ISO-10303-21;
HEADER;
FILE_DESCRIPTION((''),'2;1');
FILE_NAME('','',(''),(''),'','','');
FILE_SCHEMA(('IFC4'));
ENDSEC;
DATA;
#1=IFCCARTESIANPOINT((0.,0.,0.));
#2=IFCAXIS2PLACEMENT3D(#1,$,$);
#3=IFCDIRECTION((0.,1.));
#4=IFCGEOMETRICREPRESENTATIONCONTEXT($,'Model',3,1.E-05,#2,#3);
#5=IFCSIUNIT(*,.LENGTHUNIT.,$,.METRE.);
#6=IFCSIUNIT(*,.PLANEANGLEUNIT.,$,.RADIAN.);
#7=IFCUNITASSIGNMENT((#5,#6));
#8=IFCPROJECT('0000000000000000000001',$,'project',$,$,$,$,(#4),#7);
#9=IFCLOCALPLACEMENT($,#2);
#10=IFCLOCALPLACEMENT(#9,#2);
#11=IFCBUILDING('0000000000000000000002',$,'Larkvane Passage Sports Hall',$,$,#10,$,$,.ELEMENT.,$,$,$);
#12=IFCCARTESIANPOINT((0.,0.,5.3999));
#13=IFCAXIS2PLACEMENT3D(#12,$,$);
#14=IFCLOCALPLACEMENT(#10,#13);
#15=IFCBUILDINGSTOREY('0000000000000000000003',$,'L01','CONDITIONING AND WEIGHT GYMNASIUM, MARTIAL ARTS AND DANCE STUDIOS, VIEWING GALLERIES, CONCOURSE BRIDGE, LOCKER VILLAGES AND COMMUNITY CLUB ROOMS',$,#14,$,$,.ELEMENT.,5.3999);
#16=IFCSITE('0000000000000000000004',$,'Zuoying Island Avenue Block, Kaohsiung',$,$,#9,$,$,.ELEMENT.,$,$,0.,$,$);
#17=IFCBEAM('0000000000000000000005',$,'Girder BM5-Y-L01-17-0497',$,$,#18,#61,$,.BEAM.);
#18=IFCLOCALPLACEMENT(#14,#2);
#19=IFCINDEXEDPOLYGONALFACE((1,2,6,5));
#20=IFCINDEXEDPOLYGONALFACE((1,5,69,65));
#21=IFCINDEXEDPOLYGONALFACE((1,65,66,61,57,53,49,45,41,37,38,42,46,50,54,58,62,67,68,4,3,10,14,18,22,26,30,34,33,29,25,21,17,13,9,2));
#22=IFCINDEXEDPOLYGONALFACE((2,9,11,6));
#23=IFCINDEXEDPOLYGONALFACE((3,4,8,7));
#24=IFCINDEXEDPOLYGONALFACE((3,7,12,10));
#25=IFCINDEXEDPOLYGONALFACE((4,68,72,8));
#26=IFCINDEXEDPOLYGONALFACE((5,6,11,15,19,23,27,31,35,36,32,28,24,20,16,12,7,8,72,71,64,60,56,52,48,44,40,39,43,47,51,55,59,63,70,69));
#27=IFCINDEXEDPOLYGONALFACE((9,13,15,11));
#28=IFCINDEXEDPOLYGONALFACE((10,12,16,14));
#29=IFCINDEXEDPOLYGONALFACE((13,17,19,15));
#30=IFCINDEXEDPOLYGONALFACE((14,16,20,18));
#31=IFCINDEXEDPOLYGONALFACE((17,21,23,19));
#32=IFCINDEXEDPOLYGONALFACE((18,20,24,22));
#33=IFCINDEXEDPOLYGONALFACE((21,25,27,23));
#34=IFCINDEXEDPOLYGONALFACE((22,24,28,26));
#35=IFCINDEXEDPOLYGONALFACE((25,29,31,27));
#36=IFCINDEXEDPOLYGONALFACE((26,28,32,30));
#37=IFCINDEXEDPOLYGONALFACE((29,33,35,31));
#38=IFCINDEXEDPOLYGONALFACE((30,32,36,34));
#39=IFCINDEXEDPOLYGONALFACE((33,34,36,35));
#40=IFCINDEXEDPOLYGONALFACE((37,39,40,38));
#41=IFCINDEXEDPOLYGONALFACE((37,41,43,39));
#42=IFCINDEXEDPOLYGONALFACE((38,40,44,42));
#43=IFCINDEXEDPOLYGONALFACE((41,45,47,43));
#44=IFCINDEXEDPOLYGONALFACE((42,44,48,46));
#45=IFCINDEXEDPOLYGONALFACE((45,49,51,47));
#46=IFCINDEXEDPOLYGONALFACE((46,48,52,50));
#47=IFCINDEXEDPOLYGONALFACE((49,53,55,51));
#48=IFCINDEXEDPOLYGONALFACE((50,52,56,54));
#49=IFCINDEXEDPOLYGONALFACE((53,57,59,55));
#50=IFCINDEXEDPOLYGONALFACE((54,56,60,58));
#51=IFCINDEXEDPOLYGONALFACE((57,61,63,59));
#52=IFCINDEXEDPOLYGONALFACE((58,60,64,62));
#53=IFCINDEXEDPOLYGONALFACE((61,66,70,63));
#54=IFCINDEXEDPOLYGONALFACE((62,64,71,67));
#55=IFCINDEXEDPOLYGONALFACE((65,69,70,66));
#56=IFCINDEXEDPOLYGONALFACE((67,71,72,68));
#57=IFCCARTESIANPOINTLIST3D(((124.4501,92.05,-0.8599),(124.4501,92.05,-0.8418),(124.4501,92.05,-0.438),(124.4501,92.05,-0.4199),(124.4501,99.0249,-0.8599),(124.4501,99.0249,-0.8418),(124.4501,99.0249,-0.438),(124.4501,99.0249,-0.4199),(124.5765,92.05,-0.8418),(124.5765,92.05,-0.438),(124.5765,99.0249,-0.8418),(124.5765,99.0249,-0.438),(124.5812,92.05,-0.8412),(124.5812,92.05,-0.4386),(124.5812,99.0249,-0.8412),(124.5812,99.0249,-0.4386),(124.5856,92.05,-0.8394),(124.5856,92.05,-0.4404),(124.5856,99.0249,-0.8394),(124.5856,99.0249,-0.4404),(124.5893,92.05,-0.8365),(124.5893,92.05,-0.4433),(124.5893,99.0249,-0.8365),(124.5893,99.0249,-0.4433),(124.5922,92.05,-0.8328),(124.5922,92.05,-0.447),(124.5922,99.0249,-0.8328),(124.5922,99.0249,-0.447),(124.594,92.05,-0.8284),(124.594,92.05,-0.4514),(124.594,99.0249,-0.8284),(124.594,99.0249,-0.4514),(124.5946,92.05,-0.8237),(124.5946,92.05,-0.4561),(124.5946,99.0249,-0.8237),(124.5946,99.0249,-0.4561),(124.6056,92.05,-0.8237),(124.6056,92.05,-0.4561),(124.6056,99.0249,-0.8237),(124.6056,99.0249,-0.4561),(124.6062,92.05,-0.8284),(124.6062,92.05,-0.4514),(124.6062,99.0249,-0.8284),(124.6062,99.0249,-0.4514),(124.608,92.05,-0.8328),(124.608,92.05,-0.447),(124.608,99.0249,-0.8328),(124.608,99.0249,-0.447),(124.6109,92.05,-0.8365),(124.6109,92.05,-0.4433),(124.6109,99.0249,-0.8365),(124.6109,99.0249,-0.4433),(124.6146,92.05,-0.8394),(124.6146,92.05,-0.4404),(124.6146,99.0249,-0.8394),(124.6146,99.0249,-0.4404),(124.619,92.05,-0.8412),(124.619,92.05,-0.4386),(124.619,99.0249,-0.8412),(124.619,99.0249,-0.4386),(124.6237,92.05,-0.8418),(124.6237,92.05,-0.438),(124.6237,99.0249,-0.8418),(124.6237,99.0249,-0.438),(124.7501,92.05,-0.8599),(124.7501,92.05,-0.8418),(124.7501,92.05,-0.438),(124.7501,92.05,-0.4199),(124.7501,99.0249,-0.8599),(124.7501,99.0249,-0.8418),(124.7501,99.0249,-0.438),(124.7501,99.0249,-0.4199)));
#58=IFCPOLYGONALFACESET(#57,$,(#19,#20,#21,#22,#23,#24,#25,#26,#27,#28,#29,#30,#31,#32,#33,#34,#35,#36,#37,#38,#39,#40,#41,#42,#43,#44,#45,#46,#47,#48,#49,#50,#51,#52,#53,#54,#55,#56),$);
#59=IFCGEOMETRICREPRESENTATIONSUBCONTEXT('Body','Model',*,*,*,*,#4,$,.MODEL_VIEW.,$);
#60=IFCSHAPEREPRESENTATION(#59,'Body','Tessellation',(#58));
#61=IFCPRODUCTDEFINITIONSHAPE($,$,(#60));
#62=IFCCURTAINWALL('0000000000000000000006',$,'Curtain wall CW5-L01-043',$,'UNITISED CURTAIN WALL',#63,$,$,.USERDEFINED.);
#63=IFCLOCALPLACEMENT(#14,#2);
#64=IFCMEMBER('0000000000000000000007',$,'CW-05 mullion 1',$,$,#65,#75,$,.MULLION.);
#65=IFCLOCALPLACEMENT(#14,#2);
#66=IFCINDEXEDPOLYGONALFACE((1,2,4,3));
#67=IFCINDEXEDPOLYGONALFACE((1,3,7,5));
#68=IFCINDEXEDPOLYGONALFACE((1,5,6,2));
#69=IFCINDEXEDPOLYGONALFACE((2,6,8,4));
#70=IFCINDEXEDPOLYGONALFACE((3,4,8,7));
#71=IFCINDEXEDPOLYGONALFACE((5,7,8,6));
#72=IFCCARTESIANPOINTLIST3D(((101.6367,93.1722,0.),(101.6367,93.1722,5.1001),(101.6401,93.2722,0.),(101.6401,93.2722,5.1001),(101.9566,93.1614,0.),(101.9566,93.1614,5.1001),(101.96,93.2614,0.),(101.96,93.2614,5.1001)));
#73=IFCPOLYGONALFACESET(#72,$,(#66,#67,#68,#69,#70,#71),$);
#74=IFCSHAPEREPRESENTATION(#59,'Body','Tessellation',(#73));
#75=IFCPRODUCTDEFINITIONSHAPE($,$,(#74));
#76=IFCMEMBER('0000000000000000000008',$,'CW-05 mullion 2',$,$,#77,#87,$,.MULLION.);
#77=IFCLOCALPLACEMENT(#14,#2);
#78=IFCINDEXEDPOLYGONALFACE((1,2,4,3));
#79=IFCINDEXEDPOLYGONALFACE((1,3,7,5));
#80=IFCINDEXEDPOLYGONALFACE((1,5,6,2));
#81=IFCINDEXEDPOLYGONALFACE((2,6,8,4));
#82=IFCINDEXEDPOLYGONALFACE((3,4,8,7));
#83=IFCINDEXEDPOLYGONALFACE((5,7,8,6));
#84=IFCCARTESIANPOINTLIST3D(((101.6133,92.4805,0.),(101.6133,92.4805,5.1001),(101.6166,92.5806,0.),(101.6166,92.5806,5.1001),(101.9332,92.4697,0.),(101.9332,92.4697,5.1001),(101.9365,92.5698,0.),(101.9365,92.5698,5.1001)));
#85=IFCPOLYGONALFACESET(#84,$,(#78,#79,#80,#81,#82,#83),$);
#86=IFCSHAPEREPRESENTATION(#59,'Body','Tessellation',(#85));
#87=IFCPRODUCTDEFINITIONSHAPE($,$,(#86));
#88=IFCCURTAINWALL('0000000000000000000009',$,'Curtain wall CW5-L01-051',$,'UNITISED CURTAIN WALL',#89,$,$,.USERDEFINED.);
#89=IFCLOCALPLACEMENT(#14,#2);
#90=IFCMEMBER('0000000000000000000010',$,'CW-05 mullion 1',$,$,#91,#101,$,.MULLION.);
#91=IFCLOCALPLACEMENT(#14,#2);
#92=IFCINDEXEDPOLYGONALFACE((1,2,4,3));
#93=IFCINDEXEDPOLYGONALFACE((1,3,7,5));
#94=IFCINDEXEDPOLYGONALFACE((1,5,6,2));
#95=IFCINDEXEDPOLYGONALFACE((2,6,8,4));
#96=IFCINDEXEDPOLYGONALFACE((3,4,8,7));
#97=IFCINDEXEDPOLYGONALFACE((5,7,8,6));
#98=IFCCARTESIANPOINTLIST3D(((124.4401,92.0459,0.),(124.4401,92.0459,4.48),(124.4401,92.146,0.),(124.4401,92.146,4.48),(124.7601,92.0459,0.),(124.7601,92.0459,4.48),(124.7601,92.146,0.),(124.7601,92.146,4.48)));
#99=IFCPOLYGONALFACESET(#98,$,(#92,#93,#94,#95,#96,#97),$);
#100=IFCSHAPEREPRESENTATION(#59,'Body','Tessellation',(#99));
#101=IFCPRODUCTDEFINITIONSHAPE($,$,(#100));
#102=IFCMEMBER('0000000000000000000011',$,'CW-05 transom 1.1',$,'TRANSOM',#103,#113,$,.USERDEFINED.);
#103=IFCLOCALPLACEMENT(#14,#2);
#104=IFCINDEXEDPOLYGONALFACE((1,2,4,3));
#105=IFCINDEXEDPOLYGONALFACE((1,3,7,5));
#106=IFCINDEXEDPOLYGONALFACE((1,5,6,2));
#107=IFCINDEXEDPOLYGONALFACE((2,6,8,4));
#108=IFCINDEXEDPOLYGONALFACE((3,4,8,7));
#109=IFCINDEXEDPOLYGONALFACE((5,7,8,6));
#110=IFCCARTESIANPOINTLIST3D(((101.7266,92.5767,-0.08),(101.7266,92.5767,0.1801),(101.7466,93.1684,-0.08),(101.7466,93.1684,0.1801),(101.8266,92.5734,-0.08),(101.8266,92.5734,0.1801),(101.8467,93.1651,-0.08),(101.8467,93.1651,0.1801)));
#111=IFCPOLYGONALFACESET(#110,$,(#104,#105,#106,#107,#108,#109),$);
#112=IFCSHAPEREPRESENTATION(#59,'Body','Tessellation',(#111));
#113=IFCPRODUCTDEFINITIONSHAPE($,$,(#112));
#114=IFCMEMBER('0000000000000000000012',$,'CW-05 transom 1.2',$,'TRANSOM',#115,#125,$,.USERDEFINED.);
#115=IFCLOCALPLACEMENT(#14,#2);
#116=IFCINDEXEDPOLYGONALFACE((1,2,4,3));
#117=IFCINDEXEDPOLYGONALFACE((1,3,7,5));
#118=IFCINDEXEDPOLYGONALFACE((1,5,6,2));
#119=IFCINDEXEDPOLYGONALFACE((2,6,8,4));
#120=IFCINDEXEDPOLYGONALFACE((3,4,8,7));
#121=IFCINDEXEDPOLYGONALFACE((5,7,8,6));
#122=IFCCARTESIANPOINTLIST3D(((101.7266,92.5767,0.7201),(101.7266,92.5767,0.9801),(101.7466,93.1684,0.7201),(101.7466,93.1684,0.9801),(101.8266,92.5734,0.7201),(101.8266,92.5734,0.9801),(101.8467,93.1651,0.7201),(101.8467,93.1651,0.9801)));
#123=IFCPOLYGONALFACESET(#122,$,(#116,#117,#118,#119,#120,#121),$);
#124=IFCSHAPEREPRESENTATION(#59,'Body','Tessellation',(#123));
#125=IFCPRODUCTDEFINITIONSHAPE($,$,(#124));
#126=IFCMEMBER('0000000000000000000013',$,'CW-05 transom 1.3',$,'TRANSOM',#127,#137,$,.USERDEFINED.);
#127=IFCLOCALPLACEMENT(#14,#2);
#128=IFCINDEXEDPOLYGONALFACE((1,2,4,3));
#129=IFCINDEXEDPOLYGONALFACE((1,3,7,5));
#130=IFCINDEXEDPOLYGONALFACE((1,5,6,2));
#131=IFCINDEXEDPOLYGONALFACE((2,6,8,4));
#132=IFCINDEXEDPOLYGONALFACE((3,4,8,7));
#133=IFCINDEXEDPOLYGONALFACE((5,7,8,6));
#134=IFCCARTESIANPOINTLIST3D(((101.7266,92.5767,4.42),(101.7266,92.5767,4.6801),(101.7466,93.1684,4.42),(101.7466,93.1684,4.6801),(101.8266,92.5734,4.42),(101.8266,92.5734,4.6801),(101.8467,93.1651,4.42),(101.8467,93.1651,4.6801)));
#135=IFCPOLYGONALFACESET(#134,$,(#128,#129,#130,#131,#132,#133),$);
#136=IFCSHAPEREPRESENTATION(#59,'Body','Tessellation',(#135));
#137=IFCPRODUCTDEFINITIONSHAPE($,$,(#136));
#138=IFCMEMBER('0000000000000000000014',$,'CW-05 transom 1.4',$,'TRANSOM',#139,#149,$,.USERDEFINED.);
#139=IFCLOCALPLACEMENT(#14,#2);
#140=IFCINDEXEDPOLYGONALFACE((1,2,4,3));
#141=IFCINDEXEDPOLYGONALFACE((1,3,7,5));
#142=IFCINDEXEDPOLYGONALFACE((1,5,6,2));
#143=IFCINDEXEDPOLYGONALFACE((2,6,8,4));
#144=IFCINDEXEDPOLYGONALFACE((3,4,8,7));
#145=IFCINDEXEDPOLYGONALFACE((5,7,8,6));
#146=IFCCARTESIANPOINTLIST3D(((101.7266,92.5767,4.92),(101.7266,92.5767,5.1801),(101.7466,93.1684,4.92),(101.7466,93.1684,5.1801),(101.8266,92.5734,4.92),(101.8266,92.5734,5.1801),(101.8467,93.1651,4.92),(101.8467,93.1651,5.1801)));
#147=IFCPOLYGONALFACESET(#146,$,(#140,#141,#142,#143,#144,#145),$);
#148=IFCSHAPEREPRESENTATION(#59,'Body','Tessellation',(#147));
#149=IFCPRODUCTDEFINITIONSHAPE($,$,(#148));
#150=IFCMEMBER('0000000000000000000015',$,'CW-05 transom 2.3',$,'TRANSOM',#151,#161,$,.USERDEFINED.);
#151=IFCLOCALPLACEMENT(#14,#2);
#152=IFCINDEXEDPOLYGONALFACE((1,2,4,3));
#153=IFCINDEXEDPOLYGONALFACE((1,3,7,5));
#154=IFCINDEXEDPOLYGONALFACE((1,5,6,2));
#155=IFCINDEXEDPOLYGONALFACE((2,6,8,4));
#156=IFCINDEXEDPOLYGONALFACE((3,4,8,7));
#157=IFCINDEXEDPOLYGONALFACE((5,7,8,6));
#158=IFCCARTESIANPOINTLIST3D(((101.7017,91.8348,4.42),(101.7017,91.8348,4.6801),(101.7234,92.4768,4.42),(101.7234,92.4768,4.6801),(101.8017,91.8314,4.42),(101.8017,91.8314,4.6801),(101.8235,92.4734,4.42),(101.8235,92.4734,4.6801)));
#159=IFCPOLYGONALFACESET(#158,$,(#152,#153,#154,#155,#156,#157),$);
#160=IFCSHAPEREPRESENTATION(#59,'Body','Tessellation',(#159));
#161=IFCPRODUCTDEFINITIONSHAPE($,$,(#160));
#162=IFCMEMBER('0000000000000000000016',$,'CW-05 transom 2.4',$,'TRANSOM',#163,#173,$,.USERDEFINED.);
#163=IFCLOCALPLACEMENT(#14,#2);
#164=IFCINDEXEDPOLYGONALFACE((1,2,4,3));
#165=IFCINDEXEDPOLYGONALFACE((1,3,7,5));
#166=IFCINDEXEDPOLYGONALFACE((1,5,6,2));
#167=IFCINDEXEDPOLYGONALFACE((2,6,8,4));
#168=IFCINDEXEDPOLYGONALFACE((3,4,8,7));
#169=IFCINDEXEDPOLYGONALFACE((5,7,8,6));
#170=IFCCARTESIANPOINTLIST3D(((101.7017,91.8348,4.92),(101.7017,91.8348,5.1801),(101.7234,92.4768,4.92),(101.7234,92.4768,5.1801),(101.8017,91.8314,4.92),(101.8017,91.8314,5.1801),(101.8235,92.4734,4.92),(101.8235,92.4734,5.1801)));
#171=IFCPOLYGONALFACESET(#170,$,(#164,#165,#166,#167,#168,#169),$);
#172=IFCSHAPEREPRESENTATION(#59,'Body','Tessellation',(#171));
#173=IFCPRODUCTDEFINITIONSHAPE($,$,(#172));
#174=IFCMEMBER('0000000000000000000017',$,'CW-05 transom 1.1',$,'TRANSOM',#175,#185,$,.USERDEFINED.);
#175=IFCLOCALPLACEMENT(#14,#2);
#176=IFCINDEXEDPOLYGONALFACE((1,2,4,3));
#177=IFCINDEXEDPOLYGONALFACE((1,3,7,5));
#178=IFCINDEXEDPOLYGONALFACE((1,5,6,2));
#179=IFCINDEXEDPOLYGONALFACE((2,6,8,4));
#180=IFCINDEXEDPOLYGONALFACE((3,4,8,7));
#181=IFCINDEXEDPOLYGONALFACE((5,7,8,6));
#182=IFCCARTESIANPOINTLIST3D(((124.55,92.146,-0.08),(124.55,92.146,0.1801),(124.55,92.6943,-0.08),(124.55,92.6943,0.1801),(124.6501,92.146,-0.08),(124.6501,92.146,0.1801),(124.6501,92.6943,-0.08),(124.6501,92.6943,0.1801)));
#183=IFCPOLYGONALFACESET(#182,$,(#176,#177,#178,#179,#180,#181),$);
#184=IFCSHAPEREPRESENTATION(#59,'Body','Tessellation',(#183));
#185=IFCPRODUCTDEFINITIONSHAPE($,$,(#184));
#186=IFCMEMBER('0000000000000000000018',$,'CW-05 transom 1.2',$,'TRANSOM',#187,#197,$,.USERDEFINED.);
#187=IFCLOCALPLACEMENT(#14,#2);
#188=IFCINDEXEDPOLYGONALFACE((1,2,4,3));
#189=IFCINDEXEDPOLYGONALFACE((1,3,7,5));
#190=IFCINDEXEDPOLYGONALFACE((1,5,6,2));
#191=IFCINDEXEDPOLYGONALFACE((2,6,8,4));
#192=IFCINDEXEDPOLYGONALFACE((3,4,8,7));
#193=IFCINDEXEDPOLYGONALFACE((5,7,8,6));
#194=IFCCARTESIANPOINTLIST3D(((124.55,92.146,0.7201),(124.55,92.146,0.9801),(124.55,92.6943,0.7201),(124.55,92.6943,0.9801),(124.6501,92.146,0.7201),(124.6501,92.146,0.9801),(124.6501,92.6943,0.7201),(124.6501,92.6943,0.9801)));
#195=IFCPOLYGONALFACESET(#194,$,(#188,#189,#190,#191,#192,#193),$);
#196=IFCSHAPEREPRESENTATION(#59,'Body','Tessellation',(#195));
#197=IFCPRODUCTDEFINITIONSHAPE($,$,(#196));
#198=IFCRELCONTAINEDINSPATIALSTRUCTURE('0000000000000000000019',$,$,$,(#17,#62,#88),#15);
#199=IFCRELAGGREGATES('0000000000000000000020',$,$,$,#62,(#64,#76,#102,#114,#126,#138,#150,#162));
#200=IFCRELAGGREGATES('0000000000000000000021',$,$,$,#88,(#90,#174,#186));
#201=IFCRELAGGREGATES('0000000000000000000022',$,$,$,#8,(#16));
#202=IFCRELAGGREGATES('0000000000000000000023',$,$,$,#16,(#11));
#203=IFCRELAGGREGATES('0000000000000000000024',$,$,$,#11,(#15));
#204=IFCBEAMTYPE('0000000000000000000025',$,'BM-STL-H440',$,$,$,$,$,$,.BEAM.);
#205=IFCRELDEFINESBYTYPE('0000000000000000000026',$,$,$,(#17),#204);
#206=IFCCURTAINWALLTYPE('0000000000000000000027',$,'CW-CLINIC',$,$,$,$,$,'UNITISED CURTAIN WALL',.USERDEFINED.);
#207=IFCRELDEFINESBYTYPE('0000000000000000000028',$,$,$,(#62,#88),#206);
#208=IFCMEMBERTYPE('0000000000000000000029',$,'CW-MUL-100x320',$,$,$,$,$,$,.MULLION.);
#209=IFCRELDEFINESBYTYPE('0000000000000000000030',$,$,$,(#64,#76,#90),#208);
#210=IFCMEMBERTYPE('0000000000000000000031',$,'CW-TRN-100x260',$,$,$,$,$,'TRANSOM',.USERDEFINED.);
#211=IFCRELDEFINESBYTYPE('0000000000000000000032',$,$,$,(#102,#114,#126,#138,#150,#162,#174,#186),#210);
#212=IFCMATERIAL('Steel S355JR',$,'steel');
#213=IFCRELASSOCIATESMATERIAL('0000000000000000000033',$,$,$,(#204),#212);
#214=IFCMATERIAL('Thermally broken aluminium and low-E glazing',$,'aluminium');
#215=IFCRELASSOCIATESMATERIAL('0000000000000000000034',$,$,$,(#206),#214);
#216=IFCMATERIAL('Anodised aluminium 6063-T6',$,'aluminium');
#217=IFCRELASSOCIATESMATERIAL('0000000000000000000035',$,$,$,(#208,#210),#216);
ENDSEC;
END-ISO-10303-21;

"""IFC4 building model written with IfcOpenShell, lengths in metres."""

from ifc_helpers import new_model, si_unit, direction, frame, origin, origin_2d, place, context, subcontext, project, spatial, rectangle, i_section, extrude, material, material_profile, profile_set, type_object, element, aggregate, save


model = new_model("IFC4")

# Units and contexts
model_context = context("Model", 3, precision=1e-05, world=origin(), true_north=direction((0.0, 1.0)))
body_context = subcontext(model_context, "Body", "Model", "MODEL_VIEW")
ifc_project = project(units=[si_unit("LENGTHUNIT", "METRE"), si_unit("PLANEANGLEUNIT", "RADIAN")], contexts=[model_context])

# Site, building, storey
site_placement = place(None, origin())
site = spatial("IfcSite", under=ifc_project, at=site_placement, Name="Zuoying Island Avenue Block, Kaohsiung", CompositionType="ELEMENT", RefElevation=0.0)
building_placement = place(site_placement, origin())
building = spatial("IfcBuilding", under=site, at=building_placement, Name="Larkvane Passage Sports Hall", CompositionType="ELEMENT")
storey_placement = place(building_placement, frame((0.0, 0.0, 5.3999)))
storey = spatial("IfcBuildingStorey", under=building, at=storey_placement, Name="L01", Description="CONDITIONING AND WEIGHT GYMNASIUM, MARTIAL ARTS AND DANCE STUDIOS, VIEWING GALLERIES, CONCOURSE BRIDGE, LOCKER VILLAGES AND COMMUNITY CLUB ROOMS", CompositionType="ELEMENT", Elevation=5.3999)

# Beam
ifc_material_1 = material(Name="Steel S355JR", Category="steel")
ifc_material_profile_1 = material_profile(ifc_material_1, i_section(OverallWidth=0.3, OverallDepth=0.4399, WebThickness=0.011, FlangeThickness=0.0181, FilletRadius=0.0181, at=origin_2d()), Name="H-440x300x11x18")
ifc_profile_set_1 = profile_set([ifc_material_profile_1], Name="Steel S355JR")
beam_type = type_object("IfcBeamType", Name="BM-STL-H440", PredefinedType="BEAM", material=ifc_profile_set_1)
beam_placement = place(storey_placement, frame((124.6001, 92.05, -0.6399), z_axis=(0.0, 1.0, 0.0), x_axis=(-1.0, 0.0, 0.0)))
element("IfcBeam", 1, at=beam_placement, inside=storey, type_object=beam_type, Name="Girder BM5-Y-L01-17-0497", PredefinedType="BEAM", context=body_context, shape_type="SweptSolid", body=[
    extrude(i_section(OverallWidth=0.3, OverallDepth=0.4399, WebThickness=0.011, FlangeThickness=0.0181, FilletRadius=0.0181, at=origin_2d()), origin(), (0.0, 0.0, 1.0), 6.9749),
])

# Curtain wall, members
ifc_material_2 = material(Name="Thermally broken aluminium and low-E glazing", Category="aluminium")
curtain_wall_type = type_object("IfcCurtainWallType", Name="CW-CLINIC", ElementType="UNITISED CURTAIN WALL", PredefinedType="USERDEFINED", material=ifc_material_2)
curtain_wall_1_placement = place(storey_placement, origin())
curtain_wall_1 = element("IfcCurtainWall", 2, at=curtain_wall_1_placement, inside=storey, type_object=curtain_wall_type, Name="Curtain wall CW5-L01-043", ObjectType="UNITISED CURTAIN WALL", PredefinedType="USERDEFINED")
ifc_material_3 = material(Name="Anodised aluminium 6063-T6", Category="aluminium")
ifc_material_profile_2 = material_profile(ifc_material_3, rectangle(XDim=0.1001, YDim=0.3201, at=origin_2d()), Name="ALU-MUL-100x320")
ifc_profile_set_2 = profile_set([ifc_material_profile_2], Name="Anodised aluminium 6063-T6")
member_type_1 = type_object("IfcMemberType", Name="CW-MUL-100x320", PredefinedType="MULLION", material=ifc_profile_set_2)
member_1_placement = place(storey_placement, frame((101.7983, 93.2168, 0.0), z_axis=(0.0, 0.0, 1.0), x_axis=(-0.033688, -0.999432, 0.0)))
member_1 = element("IfcMember", 3, at=member_1_placement, type_object=member_type_1, Name="CW-05 mullion 1", PredefinedType="MULLION", context=body_context, shape_type="SweptSolid", body=[
    extrude(rectangle(XDim=0.1001, YDim=0.3201, at=origin_2d()), origin(), (0.0, 0.0, 1.0), 5.1001),
])
member_2_placement = place(storey_placement, frame((101.7749, 92.5251, 0.0), z_axis=(0.0, 0.0, 1.0), x_axis=(-0.033688, -0.999432, 0.0)))
member_2 = element("IfcMember", 4, at=member_2_placement, type_object=member_type_1, Name="CW-05 mullion 2", PredefinedType="MULLION", context=body_context, shape_type="SweptSolid", body=[
    extrude(rectangle(XDim=0.1001, YDim=0.3201, at=origin_2d()), origin(), (0.0, 0.0, 1.0), 5.1001),
])

# Curtain wall, member
curtain_wall_2_placement = place(storey_placement, origin())
curtain_wall_2 = element("IfcCurtainWall", 5, at=curtain_wall_2_placement, inside=storey, type_object=curtain_wall_type, Name="Curtain wall CW5-L01-051", ObjectType="UNITISED CURTAIN WALL", PredefinedType="USERDEFINED")
member_3_placement = place(storey_placement, frame((124.6001, 92.0959, 0.0), z_axis=(0.0, 0.0, 1.0), x_axis=(0.0, 1.0, 0.0)))
member_3 = element("IfcMember", 6, at=member_3_placement, type_object=member_type_1, Name="CW-05 mullion 1", PredefinedType="MULLION", context=body_context, shape_type="SweptSolid", body=[
    extrude(rectangle(XDim=0.1001, YDim=0.3201, at=origin_2d()), origin(), (0.0, 0.0, 1.0), 4.48),
])

# Members
ifc_material_profile_3 = material_profile(ifc_material_3, rectangle(XDim=0.1001, YDim=0.26, at=origin_2d()), Name="ALU-TRN-100x260")
ifc_profile_set_3 = profile_set([ifc_material_profile_3], Name="Anodised aluminium 6063-T6")
member_type_2 = type_object("IfcMemberType", Name="CW-TRN-100x260", ElementType="TRANSOM", PredefinedType="USERDEFINED", material=ifc_profile_set_3)
member_4_placement = place(storey_placement, frame((101.7966, 93.1667, 0.05), z_axis=(-0.033809, -0.999428, 0.0), x_axis=(0.999428, -0.033809, 0.0)))
member_4 = element("IfcMember", 7, at=member_4_placement, type_object=member_type_2, Name="CW-05 transom 1.1", ObjectType="TRANSOM", PredefinedType="USERDEFINED", context=body_context, shape_type="SweptSolid", body=[
    extrude(rectangle(XDim=0.1001, YDim=0.26, at=origin_2d()), origin(), (0.0, 0.0, 1.0), 0.592),
])
member_5_placement = place(storey_placement, frame((101.7966, 93.1667, 0.8501), z_axis=(-0.033809, -0.999428, 0.0), x_axis=(0.999428, -0.033809, 0.0)))
member_5 = element("IfcMember", 8, at=member_5_placement, type_object=member_type_2, Name="CW-05 transom 1.2", ObjectType="TRANSOM", PredefinedType="USERDEFINED", context=body_context, shape_type="SweptSolid", body=[
    extrude(rectangle(XDim=0.1001, YDim=0.26, at=origin_2d()), origin(), (0.0, 0.0, 1.0), 0.592),
])
member_6_placement = place(storey_placement, frame((101.7966, 93.1667, 4.55), z_axis=(-0.033809, -0.999428, 0.0), x_axis=(0.999428, -0.033809, 0.0)))
member_6 = element("IfcMember", 9, at=member_6_placement, type_object=member_type_2, Name="CW-05 transom 1.3", ObjectType="TRANSOM", PredefinedType="USERDEFINED", context=body_context, shape_type="SweptSolid", body=[
    extrude(rectangle(XDim=0.1001, YDim=0.26, at=origin_2d()), origin(), (0.0, 0.0, 1.0), 0.592),
])
member_7_placement = place(storey_placement, frame((101.7966, 93.1667, 5.05), z_axis=(-0.033809, -0.999428, 0.0), x_axis=(0.999428, -0.033809, 0.0)))
member_7 = element("IfcMember", 10, at=member_7_placement, type_object=member_type_2, Name="CW-05 transom 1.4", ObjectType="TRANSOM", PredefinedType="USERDEFINED", context=body_context, shape_type="SweptSolid", body=[
    extrude(rectangle(XDim=0.1001, YDim=0.26, at=origin_2d()), origin(), (0.0, 0.0, 1.0), 0.592),
])
member_8_placement = place(storey_placement, frame((101.7734, 92.4751, 4.55), z_axis=(-0.033834, -0.999427, 0.0), x_axis=(0.999427, -0.033834, 0.0)))
member_8 = element("IfcMember", 11, at=member_8_placement, type_object=member_type_2, Name="CW-05 transom 2.3", ObjectType="TRANSOM", PredefinedType="USERDEFINED", context=body_context, shape_type="SweptSolid", body=[
    extrude(rectangle(XDim=0.1001, YDim=0.26, at=origin_2d()), origin(), (0.0, 0.0, 1.0), 0.6423),
])
member_9_placement = place(storey_placement, frame((101.7734, 92.4751, 5.05), z_axis=(-0.033834, -0.999427, 0.0), x_axis=(0.999427, -0.033834, 0.0)))
member_9 = element("IfcMember", 12, at=member_9_placement, type_object=member_type_2, Name="CW-05 transom 2.4", ObjectType="TRANSOM", PredefinedType="USERDEFINED", context=body_context, shape_type="SweptSolid", body=[
    extrude(rectangle(XDim=0.1001, YDim=0.26, at=origin_2d()), origin(), (0.0, 0.0, 1.0), 0.6423),
])
member_10_placement = place(storey_placement, frame((124.6001, 92.146, 0.05), z_axis=(0.0, 1.0, 0.0), x_axis=(-1.0, 0.0, 0.0)))
member_10 = element("IfcMember", 13, at=member_10_placement, type_object=member_type_2, Name="CW-05 transom 1.1", ObjectType="TRANSOM", PredefinedType="USERDEFINED", context=body_context, shape_type="SweptSolid", body=[
    extrude(rectangle(XDim=0.1001, YDim=0.26, at=origin_2d()), origin(), (0.0, 0.0, 1.0), 0.5483),
])
member_11_placement = place(storey_placement, frame((124.6001, 92.146, 0.8501), z_axis=(0.0, 1.0, 0.0), x_axis=(-1.0, 0.0, 0.0)))
member_11 = element("IfcMember", 14, at=member_11_placement, type_object=member_type_2, Name="CW-05 transom 1.2", ObjectType="TRANSOM", PredefinedType="USERDEFINED", context=body_context, shape_type="SweptSolid", body=[
    extrude(rectangle(XDim=0.1001, YDim=0.26, at=origin_2d()), origin(), (0.0, 0.0, 1.0), 0.5483),
])

aggregate(curtain_wall_1, [member_1, member_2, member_4, member_5, member_6, member_7, member_8, member_9])
aggregate(curtain_wall_2, [member_3, member_10, member_11])

save(model, "model.ifc")
